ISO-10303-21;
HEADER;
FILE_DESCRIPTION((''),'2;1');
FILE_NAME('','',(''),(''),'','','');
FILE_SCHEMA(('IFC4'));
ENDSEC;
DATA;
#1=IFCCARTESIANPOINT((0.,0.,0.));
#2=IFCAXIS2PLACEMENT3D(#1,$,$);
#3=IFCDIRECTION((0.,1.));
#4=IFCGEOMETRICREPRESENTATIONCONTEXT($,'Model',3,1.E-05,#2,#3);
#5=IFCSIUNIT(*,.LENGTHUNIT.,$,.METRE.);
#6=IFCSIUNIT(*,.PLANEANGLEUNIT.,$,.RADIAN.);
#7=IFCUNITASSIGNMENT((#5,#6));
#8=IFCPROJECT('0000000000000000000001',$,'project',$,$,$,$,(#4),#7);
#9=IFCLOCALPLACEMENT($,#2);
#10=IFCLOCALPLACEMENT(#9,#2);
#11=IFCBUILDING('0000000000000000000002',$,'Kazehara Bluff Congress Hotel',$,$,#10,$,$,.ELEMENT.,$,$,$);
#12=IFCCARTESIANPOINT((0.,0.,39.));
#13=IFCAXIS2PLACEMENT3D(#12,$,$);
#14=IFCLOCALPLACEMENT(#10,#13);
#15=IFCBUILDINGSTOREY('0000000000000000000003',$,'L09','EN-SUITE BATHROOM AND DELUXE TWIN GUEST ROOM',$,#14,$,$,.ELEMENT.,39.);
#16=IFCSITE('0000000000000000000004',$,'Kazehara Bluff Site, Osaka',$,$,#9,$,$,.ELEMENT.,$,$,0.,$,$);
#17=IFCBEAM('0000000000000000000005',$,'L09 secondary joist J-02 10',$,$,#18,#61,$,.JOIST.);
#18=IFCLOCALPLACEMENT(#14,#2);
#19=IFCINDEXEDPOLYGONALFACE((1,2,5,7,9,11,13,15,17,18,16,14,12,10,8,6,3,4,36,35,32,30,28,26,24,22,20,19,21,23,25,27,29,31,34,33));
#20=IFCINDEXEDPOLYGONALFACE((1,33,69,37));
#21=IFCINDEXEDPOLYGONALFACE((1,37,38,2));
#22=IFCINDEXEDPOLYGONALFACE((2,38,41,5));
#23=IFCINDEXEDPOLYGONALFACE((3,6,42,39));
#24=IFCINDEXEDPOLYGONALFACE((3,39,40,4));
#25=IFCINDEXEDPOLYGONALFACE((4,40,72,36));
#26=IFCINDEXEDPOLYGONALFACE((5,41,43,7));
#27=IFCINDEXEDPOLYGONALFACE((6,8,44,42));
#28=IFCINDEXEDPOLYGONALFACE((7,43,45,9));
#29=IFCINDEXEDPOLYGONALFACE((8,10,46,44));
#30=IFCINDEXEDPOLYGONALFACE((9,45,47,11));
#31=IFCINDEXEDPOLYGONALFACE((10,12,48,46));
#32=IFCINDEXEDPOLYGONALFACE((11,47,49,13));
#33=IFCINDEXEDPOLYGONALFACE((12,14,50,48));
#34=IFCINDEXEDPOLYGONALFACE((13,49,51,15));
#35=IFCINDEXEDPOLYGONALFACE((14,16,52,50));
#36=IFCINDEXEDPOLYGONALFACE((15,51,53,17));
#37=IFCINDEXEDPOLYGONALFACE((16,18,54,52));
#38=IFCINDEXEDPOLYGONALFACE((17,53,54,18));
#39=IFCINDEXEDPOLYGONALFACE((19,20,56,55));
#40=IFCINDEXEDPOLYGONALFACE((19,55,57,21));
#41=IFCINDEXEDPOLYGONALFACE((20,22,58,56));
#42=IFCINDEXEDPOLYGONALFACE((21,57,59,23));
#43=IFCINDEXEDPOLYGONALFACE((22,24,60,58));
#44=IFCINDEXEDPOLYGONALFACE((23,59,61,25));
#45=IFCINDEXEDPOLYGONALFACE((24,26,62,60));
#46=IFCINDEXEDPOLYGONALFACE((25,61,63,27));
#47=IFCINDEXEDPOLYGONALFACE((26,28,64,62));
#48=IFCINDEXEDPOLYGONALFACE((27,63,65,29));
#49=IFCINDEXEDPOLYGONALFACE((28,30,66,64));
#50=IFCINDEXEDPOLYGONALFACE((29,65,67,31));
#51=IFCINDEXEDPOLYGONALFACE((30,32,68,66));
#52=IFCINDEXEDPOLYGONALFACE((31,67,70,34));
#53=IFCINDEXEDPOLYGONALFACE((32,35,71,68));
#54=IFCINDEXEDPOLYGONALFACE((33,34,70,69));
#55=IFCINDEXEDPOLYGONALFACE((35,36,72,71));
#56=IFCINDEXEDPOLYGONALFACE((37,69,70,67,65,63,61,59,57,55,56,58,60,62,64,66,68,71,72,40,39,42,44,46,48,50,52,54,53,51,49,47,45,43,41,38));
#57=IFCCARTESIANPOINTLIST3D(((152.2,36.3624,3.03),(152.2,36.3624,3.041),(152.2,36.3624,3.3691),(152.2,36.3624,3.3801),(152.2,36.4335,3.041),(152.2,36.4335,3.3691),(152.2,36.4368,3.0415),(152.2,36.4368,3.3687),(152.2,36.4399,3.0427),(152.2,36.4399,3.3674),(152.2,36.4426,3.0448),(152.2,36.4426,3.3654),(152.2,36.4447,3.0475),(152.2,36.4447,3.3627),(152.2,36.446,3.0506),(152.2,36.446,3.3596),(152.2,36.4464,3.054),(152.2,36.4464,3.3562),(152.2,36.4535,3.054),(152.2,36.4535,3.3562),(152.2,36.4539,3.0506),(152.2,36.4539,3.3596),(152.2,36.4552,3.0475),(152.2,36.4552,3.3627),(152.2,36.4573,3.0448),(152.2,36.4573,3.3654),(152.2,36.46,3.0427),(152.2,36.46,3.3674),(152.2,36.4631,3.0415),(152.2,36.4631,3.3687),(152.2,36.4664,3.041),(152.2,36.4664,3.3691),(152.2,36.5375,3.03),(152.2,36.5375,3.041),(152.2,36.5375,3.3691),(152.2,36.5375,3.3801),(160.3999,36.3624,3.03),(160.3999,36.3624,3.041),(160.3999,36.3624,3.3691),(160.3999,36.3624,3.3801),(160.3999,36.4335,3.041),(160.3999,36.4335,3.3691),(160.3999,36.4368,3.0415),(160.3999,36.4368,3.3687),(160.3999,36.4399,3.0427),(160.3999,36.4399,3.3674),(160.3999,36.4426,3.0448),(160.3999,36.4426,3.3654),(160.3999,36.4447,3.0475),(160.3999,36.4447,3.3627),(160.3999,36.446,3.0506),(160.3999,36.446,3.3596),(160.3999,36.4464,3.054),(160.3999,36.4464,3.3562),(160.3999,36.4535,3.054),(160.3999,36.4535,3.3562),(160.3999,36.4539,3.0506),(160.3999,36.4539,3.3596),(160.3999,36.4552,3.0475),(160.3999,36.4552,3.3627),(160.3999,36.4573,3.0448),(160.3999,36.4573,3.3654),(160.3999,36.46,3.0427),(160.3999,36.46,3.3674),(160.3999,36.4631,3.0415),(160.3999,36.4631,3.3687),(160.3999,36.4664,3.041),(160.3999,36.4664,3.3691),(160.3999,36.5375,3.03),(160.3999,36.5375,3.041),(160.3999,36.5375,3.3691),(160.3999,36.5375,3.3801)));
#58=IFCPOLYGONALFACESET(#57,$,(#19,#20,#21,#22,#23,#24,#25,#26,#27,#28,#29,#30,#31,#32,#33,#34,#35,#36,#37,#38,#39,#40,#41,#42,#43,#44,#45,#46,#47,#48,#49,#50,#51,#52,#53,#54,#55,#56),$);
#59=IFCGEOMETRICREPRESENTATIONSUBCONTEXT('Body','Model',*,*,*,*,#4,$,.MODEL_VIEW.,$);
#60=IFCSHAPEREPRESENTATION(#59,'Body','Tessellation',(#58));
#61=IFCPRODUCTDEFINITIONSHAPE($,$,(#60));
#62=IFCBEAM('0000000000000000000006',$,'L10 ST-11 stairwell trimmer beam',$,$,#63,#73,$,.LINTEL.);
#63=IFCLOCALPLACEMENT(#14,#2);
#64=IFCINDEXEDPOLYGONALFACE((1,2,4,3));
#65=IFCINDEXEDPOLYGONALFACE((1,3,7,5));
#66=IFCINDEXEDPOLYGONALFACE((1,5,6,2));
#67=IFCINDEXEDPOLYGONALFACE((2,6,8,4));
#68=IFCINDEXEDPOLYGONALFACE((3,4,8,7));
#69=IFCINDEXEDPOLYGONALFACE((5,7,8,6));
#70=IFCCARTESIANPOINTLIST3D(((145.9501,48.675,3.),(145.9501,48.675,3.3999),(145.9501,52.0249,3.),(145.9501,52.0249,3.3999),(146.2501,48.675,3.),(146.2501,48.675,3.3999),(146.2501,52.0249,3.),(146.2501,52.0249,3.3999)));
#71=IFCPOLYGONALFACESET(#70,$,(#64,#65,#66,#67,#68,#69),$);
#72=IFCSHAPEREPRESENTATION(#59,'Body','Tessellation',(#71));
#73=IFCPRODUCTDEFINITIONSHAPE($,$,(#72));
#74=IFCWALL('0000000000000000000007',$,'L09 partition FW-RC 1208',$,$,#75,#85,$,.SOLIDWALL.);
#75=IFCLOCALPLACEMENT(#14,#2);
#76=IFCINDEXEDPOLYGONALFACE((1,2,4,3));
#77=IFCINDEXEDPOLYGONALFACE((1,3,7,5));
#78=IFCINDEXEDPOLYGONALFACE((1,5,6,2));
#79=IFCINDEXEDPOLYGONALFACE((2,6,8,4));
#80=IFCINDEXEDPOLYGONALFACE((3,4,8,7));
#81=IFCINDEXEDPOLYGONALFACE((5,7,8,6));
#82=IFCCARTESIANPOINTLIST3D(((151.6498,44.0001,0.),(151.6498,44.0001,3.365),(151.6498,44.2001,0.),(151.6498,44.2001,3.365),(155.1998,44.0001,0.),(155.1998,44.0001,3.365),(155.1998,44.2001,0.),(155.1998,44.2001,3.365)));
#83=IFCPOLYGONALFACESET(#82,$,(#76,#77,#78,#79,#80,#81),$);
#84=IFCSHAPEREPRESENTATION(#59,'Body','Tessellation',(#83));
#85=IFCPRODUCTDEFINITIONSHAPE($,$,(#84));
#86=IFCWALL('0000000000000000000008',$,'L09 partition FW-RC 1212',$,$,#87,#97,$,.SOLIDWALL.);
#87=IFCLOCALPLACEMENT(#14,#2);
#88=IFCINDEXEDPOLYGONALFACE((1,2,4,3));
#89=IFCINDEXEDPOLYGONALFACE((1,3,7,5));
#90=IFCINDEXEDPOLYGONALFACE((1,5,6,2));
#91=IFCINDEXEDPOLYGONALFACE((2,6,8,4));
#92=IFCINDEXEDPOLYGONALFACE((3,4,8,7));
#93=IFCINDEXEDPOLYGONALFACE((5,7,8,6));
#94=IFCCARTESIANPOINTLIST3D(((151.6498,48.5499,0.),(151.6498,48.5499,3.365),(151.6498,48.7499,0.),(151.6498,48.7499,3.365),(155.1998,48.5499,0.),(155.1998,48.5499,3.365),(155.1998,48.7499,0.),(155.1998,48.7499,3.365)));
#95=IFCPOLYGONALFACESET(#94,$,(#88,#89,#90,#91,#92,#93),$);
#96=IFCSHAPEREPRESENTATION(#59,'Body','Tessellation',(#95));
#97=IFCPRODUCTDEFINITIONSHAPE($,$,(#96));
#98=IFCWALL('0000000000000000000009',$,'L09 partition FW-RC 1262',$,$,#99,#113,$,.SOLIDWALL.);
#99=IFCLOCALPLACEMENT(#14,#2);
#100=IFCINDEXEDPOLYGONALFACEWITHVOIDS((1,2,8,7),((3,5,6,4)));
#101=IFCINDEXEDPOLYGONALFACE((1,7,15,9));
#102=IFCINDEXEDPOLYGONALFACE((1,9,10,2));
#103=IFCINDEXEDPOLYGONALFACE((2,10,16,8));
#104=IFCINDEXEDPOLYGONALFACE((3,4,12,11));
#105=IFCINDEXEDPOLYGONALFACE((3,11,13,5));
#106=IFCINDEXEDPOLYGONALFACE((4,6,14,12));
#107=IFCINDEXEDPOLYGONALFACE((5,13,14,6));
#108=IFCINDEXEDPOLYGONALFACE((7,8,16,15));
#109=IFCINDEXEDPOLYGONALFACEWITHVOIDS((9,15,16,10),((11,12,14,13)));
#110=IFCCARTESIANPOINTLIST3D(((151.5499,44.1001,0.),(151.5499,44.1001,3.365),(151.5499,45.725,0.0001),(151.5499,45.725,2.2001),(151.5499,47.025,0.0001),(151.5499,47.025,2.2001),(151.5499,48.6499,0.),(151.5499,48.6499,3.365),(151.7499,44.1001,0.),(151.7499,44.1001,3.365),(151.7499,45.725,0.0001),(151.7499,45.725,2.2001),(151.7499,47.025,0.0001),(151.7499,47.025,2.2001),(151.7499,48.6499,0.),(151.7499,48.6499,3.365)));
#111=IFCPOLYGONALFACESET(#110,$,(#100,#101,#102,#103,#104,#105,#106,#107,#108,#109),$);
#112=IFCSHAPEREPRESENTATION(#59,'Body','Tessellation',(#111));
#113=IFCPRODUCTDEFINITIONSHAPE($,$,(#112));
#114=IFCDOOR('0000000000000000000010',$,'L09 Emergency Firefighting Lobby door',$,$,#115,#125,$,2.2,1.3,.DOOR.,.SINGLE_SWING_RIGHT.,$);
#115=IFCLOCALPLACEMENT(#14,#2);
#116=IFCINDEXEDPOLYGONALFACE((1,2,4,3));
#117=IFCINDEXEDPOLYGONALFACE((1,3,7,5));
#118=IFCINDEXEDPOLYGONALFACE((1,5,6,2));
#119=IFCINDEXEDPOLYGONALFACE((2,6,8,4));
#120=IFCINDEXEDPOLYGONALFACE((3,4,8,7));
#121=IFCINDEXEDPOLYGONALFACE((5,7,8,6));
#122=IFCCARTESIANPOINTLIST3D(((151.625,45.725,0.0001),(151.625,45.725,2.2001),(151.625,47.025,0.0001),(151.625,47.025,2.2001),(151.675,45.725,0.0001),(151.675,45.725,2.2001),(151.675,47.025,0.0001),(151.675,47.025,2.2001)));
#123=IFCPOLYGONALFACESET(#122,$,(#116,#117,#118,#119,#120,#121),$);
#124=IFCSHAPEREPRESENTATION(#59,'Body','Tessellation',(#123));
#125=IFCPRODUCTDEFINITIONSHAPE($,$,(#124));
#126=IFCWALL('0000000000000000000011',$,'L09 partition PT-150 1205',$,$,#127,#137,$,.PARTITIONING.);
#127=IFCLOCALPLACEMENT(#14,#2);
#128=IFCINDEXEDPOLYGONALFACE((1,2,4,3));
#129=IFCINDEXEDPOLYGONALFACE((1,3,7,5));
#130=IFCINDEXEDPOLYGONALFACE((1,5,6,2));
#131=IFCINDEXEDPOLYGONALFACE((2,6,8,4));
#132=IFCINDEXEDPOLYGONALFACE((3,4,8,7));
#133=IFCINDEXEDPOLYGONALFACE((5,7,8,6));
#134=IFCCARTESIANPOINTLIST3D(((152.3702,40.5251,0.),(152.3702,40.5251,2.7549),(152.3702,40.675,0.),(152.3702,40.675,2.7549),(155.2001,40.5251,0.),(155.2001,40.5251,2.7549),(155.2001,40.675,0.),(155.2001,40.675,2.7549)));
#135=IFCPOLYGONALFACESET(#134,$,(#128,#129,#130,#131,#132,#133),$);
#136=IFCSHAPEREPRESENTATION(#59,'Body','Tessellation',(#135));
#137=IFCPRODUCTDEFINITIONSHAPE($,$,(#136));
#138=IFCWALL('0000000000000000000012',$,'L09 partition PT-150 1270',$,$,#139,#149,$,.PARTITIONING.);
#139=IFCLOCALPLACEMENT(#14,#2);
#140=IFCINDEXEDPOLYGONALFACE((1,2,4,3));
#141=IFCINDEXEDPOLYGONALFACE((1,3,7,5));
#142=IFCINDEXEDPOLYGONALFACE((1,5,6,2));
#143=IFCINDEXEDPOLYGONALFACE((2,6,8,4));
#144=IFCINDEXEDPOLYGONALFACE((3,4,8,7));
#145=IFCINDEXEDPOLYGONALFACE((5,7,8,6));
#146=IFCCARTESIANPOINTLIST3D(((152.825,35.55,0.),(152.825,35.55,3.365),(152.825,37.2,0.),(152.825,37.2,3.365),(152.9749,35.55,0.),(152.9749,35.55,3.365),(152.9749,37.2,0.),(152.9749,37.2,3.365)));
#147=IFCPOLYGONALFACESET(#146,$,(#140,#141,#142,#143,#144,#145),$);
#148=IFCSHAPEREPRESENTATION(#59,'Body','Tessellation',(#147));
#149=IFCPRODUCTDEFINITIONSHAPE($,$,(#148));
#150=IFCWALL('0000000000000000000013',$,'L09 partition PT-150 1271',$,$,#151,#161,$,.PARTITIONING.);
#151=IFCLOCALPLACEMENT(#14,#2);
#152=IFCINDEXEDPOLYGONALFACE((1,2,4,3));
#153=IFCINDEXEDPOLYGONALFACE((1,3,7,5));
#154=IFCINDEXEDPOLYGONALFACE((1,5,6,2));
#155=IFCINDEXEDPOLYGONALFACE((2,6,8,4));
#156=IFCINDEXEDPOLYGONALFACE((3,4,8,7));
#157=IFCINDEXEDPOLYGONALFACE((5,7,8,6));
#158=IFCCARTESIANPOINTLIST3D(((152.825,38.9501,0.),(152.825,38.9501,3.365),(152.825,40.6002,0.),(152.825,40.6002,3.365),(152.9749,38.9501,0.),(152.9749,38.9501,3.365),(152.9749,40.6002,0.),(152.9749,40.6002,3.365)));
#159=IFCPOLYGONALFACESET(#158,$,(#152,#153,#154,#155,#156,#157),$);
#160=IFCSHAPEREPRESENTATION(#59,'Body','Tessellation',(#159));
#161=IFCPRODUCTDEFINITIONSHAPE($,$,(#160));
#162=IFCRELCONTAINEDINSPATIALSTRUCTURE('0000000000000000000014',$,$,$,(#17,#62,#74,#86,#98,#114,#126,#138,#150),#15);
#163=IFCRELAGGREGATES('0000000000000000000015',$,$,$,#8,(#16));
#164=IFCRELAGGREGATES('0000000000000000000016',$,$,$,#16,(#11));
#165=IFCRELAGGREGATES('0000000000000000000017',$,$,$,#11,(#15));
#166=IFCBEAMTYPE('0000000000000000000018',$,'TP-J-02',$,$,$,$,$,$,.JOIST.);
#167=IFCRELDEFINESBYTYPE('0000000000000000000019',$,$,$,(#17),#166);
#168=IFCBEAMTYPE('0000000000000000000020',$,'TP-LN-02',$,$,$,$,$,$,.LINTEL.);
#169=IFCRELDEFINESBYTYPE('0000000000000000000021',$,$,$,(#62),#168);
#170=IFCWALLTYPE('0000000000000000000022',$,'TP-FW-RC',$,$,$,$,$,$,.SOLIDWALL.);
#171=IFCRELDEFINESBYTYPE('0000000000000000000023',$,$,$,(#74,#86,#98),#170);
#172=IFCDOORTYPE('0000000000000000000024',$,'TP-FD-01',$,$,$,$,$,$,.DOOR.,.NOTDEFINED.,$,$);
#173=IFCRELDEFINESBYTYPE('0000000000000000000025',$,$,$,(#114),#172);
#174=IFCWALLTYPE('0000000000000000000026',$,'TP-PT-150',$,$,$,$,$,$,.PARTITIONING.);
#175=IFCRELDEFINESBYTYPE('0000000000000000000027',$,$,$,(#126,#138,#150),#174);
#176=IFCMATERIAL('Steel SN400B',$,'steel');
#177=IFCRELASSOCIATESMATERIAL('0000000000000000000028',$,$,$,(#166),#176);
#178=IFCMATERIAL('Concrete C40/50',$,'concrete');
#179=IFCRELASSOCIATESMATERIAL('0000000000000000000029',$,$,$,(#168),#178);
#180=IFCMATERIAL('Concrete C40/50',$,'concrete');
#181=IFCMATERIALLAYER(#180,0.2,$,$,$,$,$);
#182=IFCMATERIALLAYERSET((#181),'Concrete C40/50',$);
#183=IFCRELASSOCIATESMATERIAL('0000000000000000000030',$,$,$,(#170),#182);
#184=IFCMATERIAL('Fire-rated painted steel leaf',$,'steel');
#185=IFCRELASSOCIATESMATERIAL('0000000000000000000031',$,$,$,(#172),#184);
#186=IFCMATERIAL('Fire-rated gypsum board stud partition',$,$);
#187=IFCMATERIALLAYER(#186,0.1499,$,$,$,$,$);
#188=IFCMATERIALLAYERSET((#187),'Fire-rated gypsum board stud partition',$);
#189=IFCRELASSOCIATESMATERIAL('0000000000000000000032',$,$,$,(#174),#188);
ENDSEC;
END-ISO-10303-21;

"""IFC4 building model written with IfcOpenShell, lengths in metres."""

from ifc_helpers import new_model, si_unit, direction, frame, frame_2d, origin, origin_2d, place, context, subcontext, project, spatial, rectangle, i_section, extrude, material, layer, layer_set, material_profile, profile_set, type_object, element, fill, save


model = new_model("IFC4")

# Units and contexts
model_context = context("Model", 3, precision=1e-05, world=origin(), true_north=direction((0.0, 1.0)))
body_context = subcontext(model_context, "Body", "Model", "MODEL_VIEW")
ifc_project = project(units=[si_unit("LENGTHUNIT", "METRE"), si_unit("PLANEANGLEUNIT", "RADIAN")], contexts=[model_context])

# Site, building, storey
site_placement = place(None, origin())
site = spatial("IfcSite", under=ifc_project, at=site_placement, Name="Kazehara Bluff Site, Osaka", CompositionType="ELEMENT", RefElevation=0.0)
building_placement = place(site_placement, origin())
building = spatial("IfcBuilding", under=site, at=building_placement, Name="Kazehara Bluff Congress Hotel", CompositionType="ELEMENT")
storey_placement = place(building_placement, frame((0.0, 0.0, 39.0)))
storey = spatial("IfcBuildingStorey", under=building, at=storey_placement, Name="L09", Description="EN-SUITE BATHROOM AND DELUXE TWIN GUEST ROOM", CompositionType="ELEMENT", Elevation=39.0)

# Beams
ifc_material_1 = material(Name="Steel SN400B", Category="steel")
ifc_material_profile_1 = material_profile(ifc_material_1, i_section(OverallWidth=0.175, OverallDepth=0.3501, WebThickness=0.0071, FlangeThickness=0.011, FilletRadius=0.0129, at=origin_2d()))
ifc_profile_set_1 = profile_set([ifc_material_profile_1], Name="Steel SN400B")
beam_type_1 = type_object("IfcBeamType", Name="TP-J-02", PredefinedType="JOIST", material=ifc_profile_set_1)
beam_1_placement = place(storey_placement, frame((152.2, 36.45, 3.2051), z_axis=(1.0, 0.0, 0.0), x_axis=(0.0, 1.0, 0.0)))
element("IfcBeam", 1, at=beam_1_placement, inside=storey, type_object=beam_type_1, Name="L09 secondary joist J-02 10", PredefinedType="JOIST", context=body_context, shape_type="SweptSolid", body=[
    extrude(i_section(OverallWidth=0.175, OverallDepth=0.3501, WebThickness=0.0071, FlangeThickness=0.011, FilletRadius=0.0129, at=origin_2d()), origin(), (0.0, 0.0, 1.0), 8.2),
])
ifc_material_2 = material(Name="Concrete C40/50", Category="concrete")
ifc_material_profile_2 = material_profile(ifc_material_2, rectangle(XDim=0.3, YDim=0.3999, at=origin_2d()))
ifc_profile_set_2 = profile_set([ifc_material_profile_2], Name="Concrete C40/50")
beam_type_2 = type_object("IfcBeamType", Name="TP-LN-02", PredefinedType="LINTEL", material=ifc_profile_set_2)
beam_2_placement = place(storey_placement, frame((146.1001, 48.675, 3.2), z_axis=(0.0, 1.0, 0.0), x_axis=(-1.0, 0.0, 0.0)))
element("IfcBeam", 2, at=beam_2_placement, inside=storey, type_object=beam_type_2, Name="L10 ST-11 stairwell trimmer beam", PredefinedType="LINTEL", context=body_context, shape_type="SweptSolid", body=[
    extrude(rectangle(XDim=0.3, YDim=0.3999, at=origin_2d()), origin(), (0.0, 0.0, 1.0), 3.3499),
])

# Walls
ifc_material_3 = material(Name="Concrete C40/50", Category="concrete")
ifc_layer_1 = layer(ifc_material_3, 0.2)
ifc_layer_set_1 = layer_set([ifc_layer_1], Name="Concrete C40/50")
wall_type_1 = type_object("IfcWallType", Name="TP-FW-RC", PredefinedType="SOLIDWALL", material=ifc_layer_set_1)
for number, where, z_axis, x_axis, name in (
    (3, (151.6499, 44.1001, 0.0), (0.0, 0.0, 1.0), (1.0, 0.0, 0.0), "L09 partition FW-RC 1208"),
    (4, (151.6499, 48.6499, 0.0), (0.0, 0.0, 1.0), (1.0, 0.0, 0.0), "L09 partition FW-RC 1212"),
):
    element("IfcWall", number, at=place(storey_placement, frame(where, z_axis=z_axis, x_axis=x_axis)), inside=storey, type_object=wall_type_1, Name=name, PredefinedType="SOLIDWALL", context=body_context, shape_type="SweptSolid", body=[
        extrude(rectangle(XDim=3.55, YDim=0.2, at=frame_2d((1.7749, 0.0))), origin(), (0.0, 0.0, 1.0), 3.365),
    ])

# Wall, opening, door
wall_1_placement = place(storey_placement, frame((151.6499, 44.1001, 0.0), z_axis=(0.0, 0.0, 1.0), x_axis=(0.0, 1.0, 0.0)))
wall_1 = element("IfcWall", 5, at=wall_1_placement, inside=storey, type_object=wall_type_1, Name="L09 partition FW-RC 1262", PredefinedType="SOLIDWALL", context=body_context, shape_type="SweptSolid", body=[
    extrude(rectangle(XDim=4.5498, YDim=0.2, at=frame_2d((2.2749, 0.0))), origin(), (0.0, 0.0, 1.0), 3.365),
])
opening_1_placement = place(wall_1_placement, frame((1.625, 0.0, 0.0)))
opening_1 = element("IfcOpeningElement", 6, at=opening_1_placement, cuts=wall_1, PredefinedType="OPENING", context=body_context, shape_type="SweptSolid", body=[
    extrude(rectangle(XDim=1.3, YDim=2.2, at=frame_2d((0.6499, 1.1001))), frame((0.0, 0.1099, 0.0), z_axis=(0.0, -1.0, 0.0), x_axis=(1.0, 0.0, 0.0)), (0.0, 0.0, 1.0), 0.22),
])
ifc_material_4 = material(Name="Fire-rated painted steel leaf", Category="steel")
door_type_1 = type_object("IfcDoorType", Name="TP-FD-01", OperationType="NOTDEFINED", PredefinedType="DOOR", material=ifc_material_4)
door_1_placement = place(opening_1_placement, origin())
door_1 = element("IfcDoor", 7, at=door_1_placement, inside=storey, type_object=door_type_1, Name="L09 Emergency Firefighting Lobby door", OperationType="SINGLE_SWING_RIGHT", OverallHeight=2.2, OverallWidth=1.3, PredefinedType="DOOR", context=body_context, shape_type="SweptSolid", body=[
    extrude(rectangle(XDim=1.3, YDim=2.2, at=frame_2d((0.6499, 1.1001))), frame((0.0, 0.0249, 0.0), z_axis=(0.0, -1.0, 0.0), x_axis=(1.0, 0.0, 0.0)), (0.0, 0.0, 1.0), 0.05),
])
fill(opening_1, door_1)
ifc_material_5 = material(Name="Fire-rated gypsum board stud partition")
ifc_layer_2 = layer(ifc_material_5, 0.1499)
ifc_layer_set_2 = layer_set([ifc_layer_2], Name="Fire-rated gypsum board stud partition")
wall_type_2 = type_object("IfcWallType", Name="TP-PT-150", PredefinedType="PARTITIONING", material=ifc_layer_set_2)

# Walls
wall_2_placement = place(storey_placement, frame((152.3701, 40.6001, 0.0), z_axis=(0.0, 0.0, 1.0), x_axis=(1.0, 0.0, 0.0)))
element("IfcWall", 8, at=wall_2_placement, inside=storey, type_object=wall_type_2, Name="L09 partition PT-150 1205", PredefinedType="PARTITIONING", context=body_context, shape_type="SweptSolid", body=[
    extrude(rectangle(XDim=2.8298, YDim=0.1499, at=frame_2d((1.415, 0.0))), origin(), (0.0, 0.0, 1.0), 2.7549),
])
wall_3_placement = place(storey_placement, frame((152.8999, 35.55, 0.0), z_axis=(0.0, 0.0, 1.0), x_axis=(0.0, 1.0, 0.0)))
element("IfcWall", 9, at=wall_3_placement, inside=storey, type_object=wall_type_2, Name="L09 partition PT-150 1270", PredefinedType="PARTITIONING", context=body_context, shape_type="SweptSolid", body=[
    extrude(rectangle(XDim=1.6499, YDim=0.1499, at=frame_2d((0.825, 0.0))), origin(), (0.0, 0.0, 1.0), 3.365),
])
wall_4_placement = place(storey_placement, frame((152.8999, 38.95, 0.0), z_axis=(0.0, 0.0, 1.0), x_axis=(0.0, 1.0, 0.0)))
element("IfcWall", 10, at=wall_4_placement, inside=storey, type_object=wall_type_2, Name="L09 partition PT-150 1271", PredefinedType="PARTITIONING", context=body_context, shape_type="SweptSolid", body=[
    extrude(rectangle(XDim=1.6501, YDim=0.1499, at=frame_2d((0.8252, 0.0))), origin(), (0.0, 0.0, 1.0), 3.365),
])

save(model, "model.ifc")
